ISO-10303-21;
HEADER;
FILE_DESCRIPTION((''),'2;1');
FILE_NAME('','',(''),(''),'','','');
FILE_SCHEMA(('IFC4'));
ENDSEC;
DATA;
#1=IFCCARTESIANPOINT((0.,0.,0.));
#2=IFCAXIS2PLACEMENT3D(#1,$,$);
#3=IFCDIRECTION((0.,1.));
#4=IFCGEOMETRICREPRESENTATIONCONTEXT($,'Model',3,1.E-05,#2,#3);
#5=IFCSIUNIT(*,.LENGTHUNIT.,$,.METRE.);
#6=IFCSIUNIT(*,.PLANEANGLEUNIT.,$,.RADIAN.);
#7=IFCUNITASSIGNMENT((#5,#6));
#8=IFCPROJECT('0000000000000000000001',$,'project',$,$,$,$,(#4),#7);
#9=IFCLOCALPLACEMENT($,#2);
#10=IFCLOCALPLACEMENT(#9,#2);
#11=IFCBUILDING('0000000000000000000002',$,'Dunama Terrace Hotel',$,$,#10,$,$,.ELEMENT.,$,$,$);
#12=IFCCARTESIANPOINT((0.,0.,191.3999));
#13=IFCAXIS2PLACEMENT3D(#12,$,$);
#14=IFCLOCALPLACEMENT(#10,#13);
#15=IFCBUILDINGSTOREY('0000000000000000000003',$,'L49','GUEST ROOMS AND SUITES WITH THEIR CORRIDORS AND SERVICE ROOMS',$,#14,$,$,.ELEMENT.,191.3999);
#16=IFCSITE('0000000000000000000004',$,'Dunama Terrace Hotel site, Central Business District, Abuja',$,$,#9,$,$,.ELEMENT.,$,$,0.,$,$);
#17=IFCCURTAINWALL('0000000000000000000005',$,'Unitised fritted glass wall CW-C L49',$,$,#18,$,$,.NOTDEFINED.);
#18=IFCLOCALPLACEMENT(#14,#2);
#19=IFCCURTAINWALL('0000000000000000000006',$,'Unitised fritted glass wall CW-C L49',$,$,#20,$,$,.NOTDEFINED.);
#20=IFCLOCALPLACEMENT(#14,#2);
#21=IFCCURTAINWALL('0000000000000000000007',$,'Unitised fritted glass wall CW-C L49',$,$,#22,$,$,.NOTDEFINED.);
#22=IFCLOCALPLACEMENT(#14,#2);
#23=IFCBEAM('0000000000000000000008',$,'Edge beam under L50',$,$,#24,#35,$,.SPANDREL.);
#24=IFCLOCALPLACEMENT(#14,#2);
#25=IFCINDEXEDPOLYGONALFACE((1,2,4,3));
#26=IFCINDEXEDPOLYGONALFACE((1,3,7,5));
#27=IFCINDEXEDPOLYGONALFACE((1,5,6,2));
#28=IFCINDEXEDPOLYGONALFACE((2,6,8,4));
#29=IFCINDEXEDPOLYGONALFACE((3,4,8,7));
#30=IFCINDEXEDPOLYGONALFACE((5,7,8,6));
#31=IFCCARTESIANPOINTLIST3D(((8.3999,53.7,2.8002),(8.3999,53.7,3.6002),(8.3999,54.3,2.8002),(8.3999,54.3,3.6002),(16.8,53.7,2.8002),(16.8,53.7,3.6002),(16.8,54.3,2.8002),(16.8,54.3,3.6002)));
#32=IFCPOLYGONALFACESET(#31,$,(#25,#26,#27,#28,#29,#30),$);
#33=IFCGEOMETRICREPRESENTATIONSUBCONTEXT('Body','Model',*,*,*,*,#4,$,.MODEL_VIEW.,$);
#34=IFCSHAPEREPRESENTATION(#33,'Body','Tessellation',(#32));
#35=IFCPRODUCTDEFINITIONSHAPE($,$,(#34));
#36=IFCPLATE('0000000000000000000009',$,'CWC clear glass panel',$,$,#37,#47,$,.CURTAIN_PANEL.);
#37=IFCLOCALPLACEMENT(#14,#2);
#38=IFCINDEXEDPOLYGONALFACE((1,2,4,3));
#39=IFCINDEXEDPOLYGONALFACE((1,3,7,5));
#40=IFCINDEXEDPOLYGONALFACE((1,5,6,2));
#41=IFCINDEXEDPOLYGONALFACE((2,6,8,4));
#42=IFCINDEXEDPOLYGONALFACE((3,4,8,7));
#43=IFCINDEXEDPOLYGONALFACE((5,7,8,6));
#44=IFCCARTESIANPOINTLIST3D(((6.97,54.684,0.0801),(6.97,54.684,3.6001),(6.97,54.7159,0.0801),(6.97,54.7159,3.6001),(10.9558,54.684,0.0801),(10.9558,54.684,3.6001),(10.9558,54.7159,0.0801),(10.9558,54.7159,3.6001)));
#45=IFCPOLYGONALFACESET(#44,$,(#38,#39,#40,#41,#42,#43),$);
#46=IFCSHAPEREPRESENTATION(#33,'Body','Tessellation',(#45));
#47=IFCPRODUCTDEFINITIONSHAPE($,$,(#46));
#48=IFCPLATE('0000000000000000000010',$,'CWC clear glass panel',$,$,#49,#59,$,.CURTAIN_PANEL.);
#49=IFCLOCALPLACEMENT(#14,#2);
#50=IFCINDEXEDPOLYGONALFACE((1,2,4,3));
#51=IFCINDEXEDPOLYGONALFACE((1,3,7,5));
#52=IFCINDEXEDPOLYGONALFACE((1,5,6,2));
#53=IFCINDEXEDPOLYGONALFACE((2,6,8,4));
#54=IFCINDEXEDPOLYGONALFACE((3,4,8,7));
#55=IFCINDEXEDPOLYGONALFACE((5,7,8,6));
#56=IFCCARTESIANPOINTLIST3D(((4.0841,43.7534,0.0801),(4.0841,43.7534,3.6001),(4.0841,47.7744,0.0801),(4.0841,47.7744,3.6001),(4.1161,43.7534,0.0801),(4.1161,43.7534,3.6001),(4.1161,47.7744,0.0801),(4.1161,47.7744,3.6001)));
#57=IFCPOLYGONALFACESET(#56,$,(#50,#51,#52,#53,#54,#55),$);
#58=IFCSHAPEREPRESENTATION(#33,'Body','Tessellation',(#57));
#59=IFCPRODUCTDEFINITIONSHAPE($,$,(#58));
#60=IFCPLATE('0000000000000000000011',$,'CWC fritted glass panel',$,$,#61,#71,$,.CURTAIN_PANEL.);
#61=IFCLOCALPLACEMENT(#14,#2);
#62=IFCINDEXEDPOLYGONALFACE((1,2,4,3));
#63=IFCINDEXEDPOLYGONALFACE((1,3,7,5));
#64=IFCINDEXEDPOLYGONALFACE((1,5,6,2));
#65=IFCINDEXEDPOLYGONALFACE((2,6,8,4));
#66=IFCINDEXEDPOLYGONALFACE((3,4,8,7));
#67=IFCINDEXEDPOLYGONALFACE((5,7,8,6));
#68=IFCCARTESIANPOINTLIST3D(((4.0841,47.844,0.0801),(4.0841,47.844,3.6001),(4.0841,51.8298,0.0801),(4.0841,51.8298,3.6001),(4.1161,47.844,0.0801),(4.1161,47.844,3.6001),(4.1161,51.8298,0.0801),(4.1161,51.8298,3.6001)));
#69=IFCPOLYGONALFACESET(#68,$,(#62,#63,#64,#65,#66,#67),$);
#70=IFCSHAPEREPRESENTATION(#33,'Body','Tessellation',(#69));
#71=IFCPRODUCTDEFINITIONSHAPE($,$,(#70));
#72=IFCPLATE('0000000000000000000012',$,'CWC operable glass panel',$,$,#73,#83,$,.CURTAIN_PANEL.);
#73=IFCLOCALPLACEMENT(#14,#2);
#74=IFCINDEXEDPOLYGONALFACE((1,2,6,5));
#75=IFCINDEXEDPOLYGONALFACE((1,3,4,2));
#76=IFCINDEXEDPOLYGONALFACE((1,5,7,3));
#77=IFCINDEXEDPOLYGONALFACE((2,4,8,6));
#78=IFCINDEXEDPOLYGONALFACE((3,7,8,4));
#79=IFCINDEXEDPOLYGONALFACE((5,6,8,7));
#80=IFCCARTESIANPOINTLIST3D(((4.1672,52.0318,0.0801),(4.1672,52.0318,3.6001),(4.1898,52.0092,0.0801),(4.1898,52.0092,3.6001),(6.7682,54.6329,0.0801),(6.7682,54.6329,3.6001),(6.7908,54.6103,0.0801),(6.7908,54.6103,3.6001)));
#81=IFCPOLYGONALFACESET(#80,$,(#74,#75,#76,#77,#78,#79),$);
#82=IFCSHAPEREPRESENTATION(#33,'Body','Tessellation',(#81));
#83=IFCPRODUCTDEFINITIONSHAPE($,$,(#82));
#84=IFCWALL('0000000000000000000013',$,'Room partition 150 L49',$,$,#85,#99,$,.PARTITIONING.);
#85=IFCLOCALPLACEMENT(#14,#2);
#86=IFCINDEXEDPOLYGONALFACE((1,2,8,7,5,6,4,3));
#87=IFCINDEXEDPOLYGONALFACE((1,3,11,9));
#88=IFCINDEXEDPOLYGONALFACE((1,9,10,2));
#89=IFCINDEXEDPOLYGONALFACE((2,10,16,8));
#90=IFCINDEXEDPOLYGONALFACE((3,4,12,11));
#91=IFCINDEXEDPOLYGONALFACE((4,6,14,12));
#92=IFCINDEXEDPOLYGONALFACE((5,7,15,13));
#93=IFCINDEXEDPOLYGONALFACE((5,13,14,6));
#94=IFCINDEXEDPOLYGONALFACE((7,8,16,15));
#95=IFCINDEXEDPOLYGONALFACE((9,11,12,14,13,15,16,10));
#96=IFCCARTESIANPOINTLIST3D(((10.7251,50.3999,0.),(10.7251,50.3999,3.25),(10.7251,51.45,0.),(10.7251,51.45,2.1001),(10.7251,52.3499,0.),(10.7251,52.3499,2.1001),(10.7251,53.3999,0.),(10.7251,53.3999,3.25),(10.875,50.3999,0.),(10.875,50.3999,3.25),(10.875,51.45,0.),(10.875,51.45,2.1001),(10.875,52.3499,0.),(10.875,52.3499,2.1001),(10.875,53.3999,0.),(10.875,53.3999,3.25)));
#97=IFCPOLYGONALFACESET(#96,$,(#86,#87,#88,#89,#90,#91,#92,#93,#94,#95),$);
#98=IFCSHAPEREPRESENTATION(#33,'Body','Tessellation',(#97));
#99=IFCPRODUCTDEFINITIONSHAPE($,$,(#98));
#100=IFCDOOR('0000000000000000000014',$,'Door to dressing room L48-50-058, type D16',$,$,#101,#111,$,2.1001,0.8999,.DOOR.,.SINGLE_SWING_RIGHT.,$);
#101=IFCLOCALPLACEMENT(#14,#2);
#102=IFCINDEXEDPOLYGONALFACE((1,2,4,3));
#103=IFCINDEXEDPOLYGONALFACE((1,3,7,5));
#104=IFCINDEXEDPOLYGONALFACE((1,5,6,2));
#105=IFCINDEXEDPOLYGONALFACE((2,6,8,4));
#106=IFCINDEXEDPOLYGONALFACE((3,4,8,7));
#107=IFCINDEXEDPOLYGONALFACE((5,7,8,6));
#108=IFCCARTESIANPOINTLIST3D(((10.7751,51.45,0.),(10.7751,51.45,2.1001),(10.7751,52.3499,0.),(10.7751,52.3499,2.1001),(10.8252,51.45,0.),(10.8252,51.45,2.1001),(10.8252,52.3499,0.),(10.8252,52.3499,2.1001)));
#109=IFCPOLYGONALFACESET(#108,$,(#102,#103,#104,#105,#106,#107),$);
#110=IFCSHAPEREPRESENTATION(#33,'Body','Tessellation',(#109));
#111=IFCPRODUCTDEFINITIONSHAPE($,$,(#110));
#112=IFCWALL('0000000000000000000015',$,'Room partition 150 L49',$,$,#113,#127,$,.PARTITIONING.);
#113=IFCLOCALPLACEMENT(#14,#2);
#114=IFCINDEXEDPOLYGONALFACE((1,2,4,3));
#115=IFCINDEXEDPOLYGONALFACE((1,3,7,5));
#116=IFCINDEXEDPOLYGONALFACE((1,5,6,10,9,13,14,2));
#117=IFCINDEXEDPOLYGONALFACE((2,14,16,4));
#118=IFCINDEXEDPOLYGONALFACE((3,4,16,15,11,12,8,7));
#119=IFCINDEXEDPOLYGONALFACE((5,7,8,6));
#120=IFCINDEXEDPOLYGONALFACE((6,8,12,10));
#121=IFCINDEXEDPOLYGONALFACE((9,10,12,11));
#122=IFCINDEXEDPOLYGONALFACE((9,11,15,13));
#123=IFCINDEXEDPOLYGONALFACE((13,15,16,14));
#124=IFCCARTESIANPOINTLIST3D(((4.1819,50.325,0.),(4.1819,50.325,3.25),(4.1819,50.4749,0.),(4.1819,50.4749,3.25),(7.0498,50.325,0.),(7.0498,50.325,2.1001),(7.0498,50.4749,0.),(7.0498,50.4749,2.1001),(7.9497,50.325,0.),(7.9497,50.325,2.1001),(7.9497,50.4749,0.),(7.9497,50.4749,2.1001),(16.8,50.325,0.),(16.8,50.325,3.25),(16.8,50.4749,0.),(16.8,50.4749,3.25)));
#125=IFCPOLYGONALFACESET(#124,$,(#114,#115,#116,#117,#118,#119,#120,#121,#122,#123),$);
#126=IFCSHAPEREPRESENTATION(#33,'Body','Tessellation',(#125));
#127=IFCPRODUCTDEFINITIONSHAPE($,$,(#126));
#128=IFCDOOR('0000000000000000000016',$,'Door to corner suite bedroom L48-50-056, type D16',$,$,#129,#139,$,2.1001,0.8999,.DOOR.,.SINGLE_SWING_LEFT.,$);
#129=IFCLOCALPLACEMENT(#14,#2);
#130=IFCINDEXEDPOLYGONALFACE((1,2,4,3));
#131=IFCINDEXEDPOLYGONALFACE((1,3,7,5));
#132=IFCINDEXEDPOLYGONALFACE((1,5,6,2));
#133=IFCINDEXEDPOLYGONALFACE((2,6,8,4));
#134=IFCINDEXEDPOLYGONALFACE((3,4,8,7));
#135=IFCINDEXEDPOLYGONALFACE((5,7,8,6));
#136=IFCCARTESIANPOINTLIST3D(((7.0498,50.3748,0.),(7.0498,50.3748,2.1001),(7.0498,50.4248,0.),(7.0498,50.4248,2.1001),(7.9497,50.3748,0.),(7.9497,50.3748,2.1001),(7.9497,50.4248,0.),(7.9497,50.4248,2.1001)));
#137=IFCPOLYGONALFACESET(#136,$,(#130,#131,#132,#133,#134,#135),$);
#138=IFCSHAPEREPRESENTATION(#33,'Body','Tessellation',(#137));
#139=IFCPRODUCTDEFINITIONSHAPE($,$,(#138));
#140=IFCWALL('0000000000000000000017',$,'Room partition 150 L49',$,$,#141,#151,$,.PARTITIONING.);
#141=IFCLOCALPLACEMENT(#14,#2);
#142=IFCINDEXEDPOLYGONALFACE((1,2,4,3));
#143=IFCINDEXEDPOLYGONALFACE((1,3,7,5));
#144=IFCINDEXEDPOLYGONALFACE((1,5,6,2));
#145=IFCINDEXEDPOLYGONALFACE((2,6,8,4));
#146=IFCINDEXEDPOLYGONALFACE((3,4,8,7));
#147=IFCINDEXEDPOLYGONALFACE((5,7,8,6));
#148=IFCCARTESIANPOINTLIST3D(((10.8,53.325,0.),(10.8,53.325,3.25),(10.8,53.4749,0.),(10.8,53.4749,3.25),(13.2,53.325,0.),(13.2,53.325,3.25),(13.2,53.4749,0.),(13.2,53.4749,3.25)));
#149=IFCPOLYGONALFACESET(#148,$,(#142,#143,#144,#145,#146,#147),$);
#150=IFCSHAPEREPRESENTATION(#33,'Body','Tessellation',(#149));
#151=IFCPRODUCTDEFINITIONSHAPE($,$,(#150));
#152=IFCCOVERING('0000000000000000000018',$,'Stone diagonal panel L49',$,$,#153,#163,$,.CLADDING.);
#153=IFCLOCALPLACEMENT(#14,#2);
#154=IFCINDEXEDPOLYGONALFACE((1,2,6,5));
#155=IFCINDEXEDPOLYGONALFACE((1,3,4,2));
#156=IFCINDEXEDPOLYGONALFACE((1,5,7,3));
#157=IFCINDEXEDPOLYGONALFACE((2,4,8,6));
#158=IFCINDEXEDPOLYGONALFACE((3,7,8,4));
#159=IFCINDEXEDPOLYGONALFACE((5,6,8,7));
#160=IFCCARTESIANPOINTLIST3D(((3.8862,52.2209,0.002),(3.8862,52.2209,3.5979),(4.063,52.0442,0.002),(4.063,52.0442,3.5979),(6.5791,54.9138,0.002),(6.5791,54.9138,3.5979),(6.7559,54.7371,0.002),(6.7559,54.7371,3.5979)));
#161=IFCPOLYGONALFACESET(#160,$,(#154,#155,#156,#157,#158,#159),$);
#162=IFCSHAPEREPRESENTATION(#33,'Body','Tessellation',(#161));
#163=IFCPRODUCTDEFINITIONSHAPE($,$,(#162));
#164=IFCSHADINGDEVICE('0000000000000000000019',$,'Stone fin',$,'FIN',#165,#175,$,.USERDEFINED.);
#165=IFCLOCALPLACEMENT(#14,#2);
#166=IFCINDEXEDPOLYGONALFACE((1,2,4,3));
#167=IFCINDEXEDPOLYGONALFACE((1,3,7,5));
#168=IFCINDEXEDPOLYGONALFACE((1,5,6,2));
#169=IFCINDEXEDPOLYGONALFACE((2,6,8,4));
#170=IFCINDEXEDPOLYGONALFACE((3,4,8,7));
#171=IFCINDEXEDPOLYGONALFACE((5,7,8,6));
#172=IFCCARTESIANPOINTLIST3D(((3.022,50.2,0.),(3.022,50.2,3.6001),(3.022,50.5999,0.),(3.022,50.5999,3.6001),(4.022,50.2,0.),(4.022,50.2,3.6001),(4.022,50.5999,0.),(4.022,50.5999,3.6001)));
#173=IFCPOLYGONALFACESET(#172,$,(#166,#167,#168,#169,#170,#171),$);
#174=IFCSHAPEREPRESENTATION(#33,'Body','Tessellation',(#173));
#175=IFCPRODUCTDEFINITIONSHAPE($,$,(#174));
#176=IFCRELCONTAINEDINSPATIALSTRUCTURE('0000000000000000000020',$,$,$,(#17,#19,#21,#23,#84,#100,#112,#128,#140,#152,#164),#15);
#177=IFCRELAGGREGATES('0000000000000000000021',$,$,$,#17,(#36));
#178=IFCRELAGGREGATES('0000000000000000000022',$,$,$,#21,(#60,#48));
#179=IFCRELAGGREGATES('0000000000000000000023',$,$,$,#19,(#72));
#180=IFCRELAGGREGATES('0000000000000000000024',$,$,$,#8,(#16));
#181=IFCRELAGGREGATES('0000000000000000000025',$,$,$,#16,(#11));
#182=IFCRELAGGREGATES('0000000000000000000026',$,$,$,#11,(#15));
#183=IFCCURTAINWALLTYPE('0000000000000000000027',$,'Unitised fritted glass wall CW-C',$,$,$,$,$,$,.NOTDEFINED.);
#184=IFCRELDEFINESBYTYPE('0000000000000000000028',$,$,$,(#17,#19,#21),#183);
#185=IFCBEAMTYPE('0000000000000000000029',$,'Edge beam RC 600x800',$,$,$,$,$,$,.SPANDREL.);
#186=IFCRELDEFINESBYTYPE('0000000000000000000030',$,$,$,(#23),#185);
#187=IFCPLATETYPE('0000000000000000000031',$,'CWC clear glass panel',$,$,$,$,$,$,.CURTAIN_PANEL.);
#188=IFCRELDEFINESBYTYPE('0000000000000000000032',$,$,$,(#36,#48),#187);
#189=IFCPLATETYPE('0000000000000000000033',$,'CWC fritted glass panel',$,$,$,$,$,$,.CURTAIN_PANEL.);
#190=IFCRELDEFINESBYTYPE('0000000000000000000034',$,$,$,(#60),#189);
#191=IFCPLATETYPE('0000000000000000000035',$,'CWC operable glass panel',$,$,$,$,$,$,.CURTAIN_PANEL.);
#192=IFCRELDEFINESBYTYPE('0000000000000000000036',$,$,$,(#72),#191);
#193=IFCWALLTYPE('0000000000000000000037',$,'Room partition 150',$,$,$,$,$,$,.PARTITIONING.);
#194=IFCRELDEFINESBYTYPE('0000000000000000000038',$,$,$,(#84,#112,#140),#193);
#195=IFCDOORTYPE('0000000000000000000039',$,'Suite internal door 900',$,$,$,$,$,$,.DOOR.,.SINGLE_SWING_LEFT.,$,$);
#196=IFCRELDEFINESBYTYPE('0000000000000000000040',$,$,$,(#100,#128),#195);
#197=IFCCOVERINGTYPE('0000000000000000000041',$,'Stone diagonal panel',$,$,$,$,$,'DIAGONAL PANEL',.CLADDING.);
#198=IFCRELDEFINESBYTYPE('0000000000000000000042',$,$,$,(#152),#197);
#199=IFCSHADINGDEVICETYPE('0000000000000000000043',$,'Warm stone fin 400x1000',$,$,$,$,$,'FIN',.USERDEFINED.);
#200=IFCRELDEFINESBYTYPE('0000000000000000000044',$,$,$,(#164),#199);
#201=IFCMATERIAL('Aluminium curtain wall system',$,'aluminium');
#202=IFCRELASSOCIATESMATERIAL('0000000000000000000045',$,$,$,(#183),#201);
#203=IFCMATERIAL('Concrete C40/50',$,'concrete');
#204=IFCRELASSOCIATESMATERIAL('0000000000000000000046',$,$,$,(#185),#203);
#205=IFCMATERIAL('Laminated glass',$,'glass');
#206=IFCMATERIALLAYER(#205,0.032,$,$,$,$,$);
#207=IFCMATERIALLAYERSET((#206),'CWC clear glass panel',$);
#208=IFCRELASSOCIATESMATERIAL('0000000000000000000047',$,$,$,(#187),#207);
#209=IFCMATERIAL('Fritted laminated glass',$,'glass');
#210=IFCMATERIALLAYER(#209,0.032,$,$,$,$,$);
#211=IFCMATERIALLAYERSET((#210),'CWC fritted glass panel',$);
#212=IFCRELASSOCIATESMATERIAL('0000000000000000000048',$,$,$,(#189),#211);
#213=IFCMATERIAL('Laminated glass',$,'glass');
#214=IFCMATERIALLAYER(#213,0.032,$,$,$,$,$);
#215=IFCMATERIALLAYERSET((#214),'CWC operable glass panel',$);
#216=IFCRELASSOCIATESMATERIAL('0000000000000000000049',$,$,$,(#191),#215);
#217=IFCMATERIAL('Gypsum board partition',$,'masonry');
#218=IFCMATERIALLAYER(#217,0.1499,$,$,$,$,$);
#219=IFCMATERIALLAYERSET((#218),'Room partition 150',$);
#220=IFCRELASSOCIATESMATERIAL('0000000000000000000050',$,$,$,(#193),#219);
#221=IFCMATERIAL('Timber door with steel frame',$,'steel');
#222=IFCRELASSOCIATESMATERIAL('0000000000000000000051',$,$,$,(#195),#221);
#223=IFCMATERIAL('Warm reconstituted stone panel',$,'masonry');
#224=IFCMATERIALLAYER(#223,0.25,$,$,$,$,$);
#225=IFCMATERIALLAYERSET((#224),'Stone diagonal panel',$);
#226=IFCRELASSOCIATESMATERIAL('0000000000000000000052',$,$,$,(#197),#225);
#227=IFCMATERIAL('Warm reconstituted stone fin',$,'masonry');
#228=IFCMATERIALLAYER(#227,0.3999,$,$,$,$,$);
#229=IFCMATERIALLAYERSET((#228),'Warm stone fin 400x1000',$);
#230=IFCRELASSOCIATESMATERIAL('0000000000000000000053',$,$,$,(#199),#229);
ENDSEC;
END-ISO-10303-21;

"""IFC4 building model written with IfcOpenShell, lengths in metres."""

from ifc_helpers import new_model, si_unit, direction, frame, frame_2d, origin, origin_2d, place, context, subcontext, project, spatial, rectangle, extrude, material, layer, layer_set, material_profile, profile_set, type_object, element, fill, aggregate, save


model = new_model("IFC4")

# Units and contexts
model_context = context("Model", 3, precision=1e-05, world=origin(), true_north=direction((0.0, 1.0)))
body_context = subcontext(model_context, "Body", "Model", "MODEL_VIEW")
ifc_project = project(units=[si_unit("LENGTHUNIT", "METRE"), si_unit("PLANEANGLEUNIT", "RADIAN")], contexts=[model_context])

# Site, building, storey
site_placement = place(None, origin())
site = spatial("IfcSite", under=ifc_project, at=site_placement, Name="Dunama Terrace Hotel site, Central Business District, Abuja", CompositionType="ELEMENT", RefElevation=0.0)
building_placement = place(site_placement, origin())
building = spatial("IfcBuilding", under=site, at=building_placement, Name="Dunama Terrace Hotel", CompositionType="ELEMENT")
storey_placement = place(building_placement, frame((0.0, 0.0, 191.3999)))
storey = spatial("IfcBuildingStorey", under=building, at=storey_placement, Name="L49", Description="GUEST ROOMS AND SUITES WITH THEIR CORRIDORS AND SERVICE ROOMS", CompositionType="ELEMENT", Elevation=191.3999)

# Curtain walls
ifc_material_1 = material(Name="Aluminium curtain wall system", Category="aluminium")
curtain_wall_type = type_object("IfcCurtainWallType", Name="Unitised fritted glass wall CW-C", PredefinedType="NOTDEFINED", material=ifc_material_1)
curtain_wall_1_placement = place(storey_placement, origin())
curtain_wall_1 = element("IfcCurtainWall", 1, at=curtain_wall_1_placement, inside=storey, type_object=curtain_wall_type, Name="Unitised fritted glass wall CW-C L49", PredefinedType="NOTDEFINED")
curtain_wall_2_placement = place(storey_placement, origin())
curtain_wall_2 = element("IfcCurtainWall", 2, at=curtain_wall_2_placement, inside=storey, type_object=curtain_wall_type, Name="Unitised fritted glass wall CW-C L49", PredefinedType="NOTDEFINED")
curtain_wall_3_placement = place(storey_placement, origin())
curtain_wall_3 = element("IfcCurtainWall", 3, at=curtain_wall_3_placement, inside=storey, type_object=curtain_wall_type, Name="Unitised fritted glass wall CW-C L49", PredefinedType="NOTDEFINED")

# Beam
ifc_material_2 = material(Name="Concrete C40/50", Category="concrete")
ifc_material_profile_1 = material_profile(ifc_material_2, rectangle(XDim=0.6001, YDim=0.8, at=origin_2d()), Name="RC 600x800")
ifc_profile_set_1 = profile_set([ifc_material_profile_1], Name="Concrete C40/50")
beam_type_1 = type_object("IfcBeamType", Name="Edge beam RC 600x800", PredefinedType="SPANDREL", material=ifc_profile_set_1)
beam_1_placement = place(storey_placement, frame((8.3999, 54.0, 3.2002), z_axis=(1.0, 0.0, 0.0), x_axis=(0.0, 1.0, 0.0)))
element("IfcBeam", 4, at=beam_1_placement, inside=storey, type_object=beam_type_1, Name="Edge beam under L50", PredefinedType="SPANDREL", context=body_context, shape_type="SweptSolid", body=[
    extrude(rectangle(XDim=0.6001, YDim=0.8, at=origin_2d()), origin(), (0.0, 0.0, 1.0), 8.4001),
])

# Plates
ifc_material_3 = material(Name="Laminated glass", Category="glass")
ifc_layer_1 = layer(ifc_material_3, 0.032)
ifc_layer_set_1 = layer_set([ifc_layer_1], Name="CWC clear glass panel")
plate_type_1 = type_object("IfcPlateType", Name="CWC clear glass panel", PredefinedType="CURTAIN_PANEL", material=ifc_layer_set_1)
plate_1_placement = place(storey_placement, frame((8.9629, 54.7, 0.0801), z_axis=(0.0, 0.0, 1.0), x_axis=(-1.0, 0.0, 0.0)))
plate_1 = element("IfcPlate", 5, at=plate_1_placement, type_object=plate_type_1, Name="CWC clear glass panel", PredefinedType="CURTAIN_PANEL", context=body_context, shape_type="SweptSolid", body=[
    extrude(rectangle(XDim=3.9858, YDim=0.032, at=origin_2d()), origin(), (0.0, 0.0, 1.0), 3.52),
])
aggregate(curtain_wall_1, [plate_1])
plate_2_placement = place(storey_placement, frame((4.1001, 45.7639, 0.0801), z_axis=(0.0, 0.0, 1.0), x_axis=(0.0, -1.0, 0.0)))
plate_2 = element("IfcPlate", 6, at=plate_2_placement, type_object=plate_type_1, Name="CWC clear glass panel", PredefinedType="CURTAIN_PANEL", context=body_context, shape_type="SweptSolid", body=[
    extrude(rectangle(XDim=4.021, YDim=0.032, at=origin_2d()), origin(), (0.0, 0.0, 1.0), 3.52),
])
ifc_material_4 = material(Name="Fritted laminated glass", Category="glass")
ifc_layer_2 = layer(ifc_material_4, 0.032)
ifc_layer_set_2 = layer_set([ifc_layer_2], Name="CWC fritted glass panel")
plate_type_2 = type_object("IfcPlateType", Name="CWC fritted glass panel", PredefinedType="CURTAIN_PANEL", material=ifc_layer_set_2)
plate_3_placement = place(storey_placement, frame((4.1001, 49.8369, 0.0801), z_axis=(0.0, 0.0, 1.0), x_axis=(0.0, -1.0, 0.0)))
plate_3 = element("IfcPlate", 7, at=plate_3_placement, type_object=plate_type_2, Name="CWC fritted glass panel", PredefinedType="CURTAIN_PANEL", context=body_context, shape_type="SweptSolid", body=[
    extrude(rectangle(XDim=3.9858, YDim=0.032, at=origin_2d()), origin(), (0.0, 0.0, 1.0), 3.52),
])
aggregate(curtain_wall_3, [plate_3, plate_2])
ifc_material_5 = material(Name="Laminated glass", Category="glass")
ifc_layer_3 = layer(ifc_material_5, 0.032)
ifc_layer_set_3 = layer_set([ifc_layer_3], Name="CWC operable glass panel")
plate_type_3 = type_object("IfcPlateType", Name="CWC operable glass panel", PredefinedType="CURTAIN_PANEL", material=ifc_layer_set_3)
plate_4_placement = place(storey_placement, frame((5.479, 53.321, 0.0801), z_axis=(0.0, 0.0, 1.0), x_axis=(-0.707107, -0.707107, 0.0)))
plate_4 = element("IfcPlate", 8, at=plate_4_placement, type_object=plate_type_3, Name="CWC operable glass panel", PredefinedType="CURTAIN_PANEL", context=body_context, shape_type="SweptSolid", body=[
    extrude(rectangle(XDim=3.6785, YDim=0.032, at=origin_2d()), origin(), (0.0, 0.0, 1.0), 3.52),
])
aggregate(curtain_wall_2, [plate_4])

# Walls, openings, doors
ifc_material_6 = material(Name="Gypsum board partition", Category="masonry")
ifc_layer_4 = layer(ifc_material_6, 0.1499)
ifc_layer_set_4 = layer_set([ifc_layer_4], Name="Room partition 150")
wall_type = type_object("IfcWallType", Name="Room partition 150", PredefinedType="PARTITIONING", material=ifc_layer_set_4)
wall_1_placement = place(storey_placement, frame((10.8, 50.3999, 0.0), z_axis=(0.0, 0.0, 1.0), x_axis=(0.0, 1.0, 0.0)))
wall_1 = element("IfcWall", 9, at=wall_1_placement, inside=storey, type_object=wall_type, Name="Room partition 150 L49", PredefinedType="PARTITIONING", context=body_context, shape_type="SweptSolid", body=[
    extrude(rectangle(XDim=3.0, YDim=0.1499, at=frame_2d((1.5, 0.0))), origin(), (0.0, 0.0, 1.0), 3.25),
])
opening_1_placement = place(wall_1_placement, frame((1.05, 0.0, 0.0)))
opening_1 = element("IfcOpeningElement", 10, at=opening_1_placement, cuts=wall_1, PredefinedType="OPENING", context=body_context, shape_type="SweptSolid", body=[
    extrude(rectangle(XDim=0.8999, YDim=2.1001, at=frame_2d((0.45, 1.05))), frame((0.0, 0.085, 0.0), z_axis=(0.0, -1.0, 0.0), x_axis=(1.0, 0.0, 0.0)), (0.0, 0.0, 1.0), 0.1699),
])
ifc_material_7 = material(Name="Timber door with steel frame", Category="steel")
door_type = type_object("IfcDoorType", Name="Suite internal door 900", OperationType="SINGLE_SWING_LEFT", PredefinedType="DOOR", material=ifc_material_7)
door_1_placement = place(opening_1_placement, frame((0.8999, 0.0, 0.0), z_axis=(0.0, 0.0, 1.0), x_axis=(-1.0, 0.0, 0.0)))
door_1 = element("IfcDoor", 11, at=door_1_placement, inside=storey, type_object=door_type, Name="Door to dressing room L48-50-058, type D16", OperationType="SINGLE_SWING_RIGHT", OverallHeight=2.1001, OverallWidth=0.8999, PredefinedType="DOOR", context=body_context, shape_type="SweptSolid", body=[
    extrude(rectangle(XDim=0.8999, YDim=2.1001, at=frame_2d((0.45, 1.05))), frame((0.0, 0.0251, 0.0), z_axis=(0.0, -1.0, 0.0), x_axis=(1.0, 0.0, 0.0)), (0.0, 0.0, 1.0), 0.05),
])
fill(opening_1, door_1)
wall_2_placement = place(storey_placement, frame((4.1819, 50.3999, 0.0), z_axis=(0.0, 0.0, 1.0), x_axis=(1.0, 0.0, 0.0)))
wall_2 = element("IfcWall", 12, at=wall_2_placement, inside=storey, type_object=wall_type, Name="Room partition 150 L49", PredefinedType="PARTITIONING", context=body_context, shape_type="SweptSolid", body=[
    extrude(rectangle(XDim=12.6182, YDim=0.1499, at=frame_2d((6.3091, 0.0))), origin(), (0.0, 0.0, 1.0), 3.25),
])
opening_2_placement = place(wall_2_placement, frame((2.8679, 0.0, 0.0)))
opening_2 = element("IfcOpeningElement", 13, at=opening_2_placement, cuts=wall_2, PredefinedType="OPENING", context=body_context, shape_type="SweptSolid", body=[
    extrude(rectangle(XDim=0.8999, YDim=2.1001, at=frame_2d((0.45, 1.05))), frame((0.0, 0.085, 0.0), z_axis=(0.0, -1.0, 0.0), x_axis=(1.0, 0.0, 0.0)), (0.0, 0.0, 1.0), 0.1699),
])
door_2_placement = place(opening_2_placement, origin())
door_2 = element("IfcDoor", 14, at=door_2_placement, inside=storey, type_object=door_type, Name="Door to corner suite bedroom L48-50-056, type D16", OperationType="SINGLE_SWING_LEFT", OverallHeight=2.1001, OverallWidth=0.8999, PredefinedType="DOOR", context=body_context, shape_type="SweptSolid", body=[
    extrude(rectangle(XDim=0.8999, YDim=2.1001, at=frame_2d((0.45, 1.05))), frame((0.0, 0.0249, 0.0), z_axis=(0.0, -1.0, 0.0), x_axis=(1.0, 0.0, 0.0)), (0.0, 0.0, 1.0), 0.05),
])
fill(opening_2, door_2)

# Wall
wall_3_placement = place(storey_placement, frame((10.8, 53.3999, 0.0), z_axis=(0.0, 0.0, 1.0), x_axis=(1.0, 0.0, 0.0)))
element("IfcWall", 15, at=wall_3_placement, inside=storey, type_object=wall_type, Name="Room partition 150 L49", PredefinedType="PARTITIONING", context=body_context, shape_type="SweptSolid", body=[
    extrude(rectangle(XDim=2.3999, YDim=0.1499, at=frame_2d((1.2, 0.0))), origin(), (0.0, 0.0, 1.0), 3.25),
])

# Covering
ifc_material_8 = material(Name="Warm reconstituted stone panel", Category="masonry")
ifc_layer_5 = layer(ifc_material_8, 0.25)
ifc_layer_set_5 = layer_set([ifc_layer_5], Name="Stone diagonal panel")
covering_type = type_object("IfcCoveringType", Name="Stone diagonal panel", ElementType="DIAGONAL PANEL", PredefinedType="CLADDING", material=ifc_layer_set_5)
covering_placement = place(storey_placement, frame((5.321, 53.479, 0.002), z_axis=(0.0, 0.0, 1.0), x_axis=(-0.707107, -0.707107, 0.0)))
element("IfcCovering", 16, at=covering_placement, inside=storey, type_object=covering_type, Name="Stone diagonal panel L49", PredefinedType="CLADDING", context=body_context, shape_type="SweptSolid", body=[
    extrude(rectangle(XDim=3.8083, YDim=0.25, at=origin_2d()), origin(), (0.0, 0.0, 1.0), 3.5959),
])

# Shading device
ifc_material_9 = material(Name="Warm reconstituted stone fin", Category="masonry")
ifc_layer_6 = layer(ifc_material_9, 0.3999)
ifc_layer_set_6 = layer_set([ifc_layer_6], Name="Warm stone fin 400x1000")
shading_device_type = type_object("IfcShadingDeviceType", Name="Warm stone fin 400x1000", ElementType="FIN", PredefinedType="USERDEFINED", material=ifc_layer_set_6)
shading_device_placement = place(storey_placement, frame((3.522, 50.3999, 0.0), z_axis=(0.0, 0.0, 1.0), x_axis=(0.0, -1.0, 0.0)))
element("IfcShadingDevice", 17, at=shading_device_placement, inside=storey, type_object=shading_device_type, Name="Stone fin", ObjectType="FIN", PredefinedType="USERDEFINED", context=body_context, shape_type="SweptSolid", body=[
    extrude(rectangle(XDim=0.3999, YDim=1.0, at=origin_2d()), origin(), (0.0, 0.0, 1.0), 3.6001),
])

save(model, "model.ifc")
